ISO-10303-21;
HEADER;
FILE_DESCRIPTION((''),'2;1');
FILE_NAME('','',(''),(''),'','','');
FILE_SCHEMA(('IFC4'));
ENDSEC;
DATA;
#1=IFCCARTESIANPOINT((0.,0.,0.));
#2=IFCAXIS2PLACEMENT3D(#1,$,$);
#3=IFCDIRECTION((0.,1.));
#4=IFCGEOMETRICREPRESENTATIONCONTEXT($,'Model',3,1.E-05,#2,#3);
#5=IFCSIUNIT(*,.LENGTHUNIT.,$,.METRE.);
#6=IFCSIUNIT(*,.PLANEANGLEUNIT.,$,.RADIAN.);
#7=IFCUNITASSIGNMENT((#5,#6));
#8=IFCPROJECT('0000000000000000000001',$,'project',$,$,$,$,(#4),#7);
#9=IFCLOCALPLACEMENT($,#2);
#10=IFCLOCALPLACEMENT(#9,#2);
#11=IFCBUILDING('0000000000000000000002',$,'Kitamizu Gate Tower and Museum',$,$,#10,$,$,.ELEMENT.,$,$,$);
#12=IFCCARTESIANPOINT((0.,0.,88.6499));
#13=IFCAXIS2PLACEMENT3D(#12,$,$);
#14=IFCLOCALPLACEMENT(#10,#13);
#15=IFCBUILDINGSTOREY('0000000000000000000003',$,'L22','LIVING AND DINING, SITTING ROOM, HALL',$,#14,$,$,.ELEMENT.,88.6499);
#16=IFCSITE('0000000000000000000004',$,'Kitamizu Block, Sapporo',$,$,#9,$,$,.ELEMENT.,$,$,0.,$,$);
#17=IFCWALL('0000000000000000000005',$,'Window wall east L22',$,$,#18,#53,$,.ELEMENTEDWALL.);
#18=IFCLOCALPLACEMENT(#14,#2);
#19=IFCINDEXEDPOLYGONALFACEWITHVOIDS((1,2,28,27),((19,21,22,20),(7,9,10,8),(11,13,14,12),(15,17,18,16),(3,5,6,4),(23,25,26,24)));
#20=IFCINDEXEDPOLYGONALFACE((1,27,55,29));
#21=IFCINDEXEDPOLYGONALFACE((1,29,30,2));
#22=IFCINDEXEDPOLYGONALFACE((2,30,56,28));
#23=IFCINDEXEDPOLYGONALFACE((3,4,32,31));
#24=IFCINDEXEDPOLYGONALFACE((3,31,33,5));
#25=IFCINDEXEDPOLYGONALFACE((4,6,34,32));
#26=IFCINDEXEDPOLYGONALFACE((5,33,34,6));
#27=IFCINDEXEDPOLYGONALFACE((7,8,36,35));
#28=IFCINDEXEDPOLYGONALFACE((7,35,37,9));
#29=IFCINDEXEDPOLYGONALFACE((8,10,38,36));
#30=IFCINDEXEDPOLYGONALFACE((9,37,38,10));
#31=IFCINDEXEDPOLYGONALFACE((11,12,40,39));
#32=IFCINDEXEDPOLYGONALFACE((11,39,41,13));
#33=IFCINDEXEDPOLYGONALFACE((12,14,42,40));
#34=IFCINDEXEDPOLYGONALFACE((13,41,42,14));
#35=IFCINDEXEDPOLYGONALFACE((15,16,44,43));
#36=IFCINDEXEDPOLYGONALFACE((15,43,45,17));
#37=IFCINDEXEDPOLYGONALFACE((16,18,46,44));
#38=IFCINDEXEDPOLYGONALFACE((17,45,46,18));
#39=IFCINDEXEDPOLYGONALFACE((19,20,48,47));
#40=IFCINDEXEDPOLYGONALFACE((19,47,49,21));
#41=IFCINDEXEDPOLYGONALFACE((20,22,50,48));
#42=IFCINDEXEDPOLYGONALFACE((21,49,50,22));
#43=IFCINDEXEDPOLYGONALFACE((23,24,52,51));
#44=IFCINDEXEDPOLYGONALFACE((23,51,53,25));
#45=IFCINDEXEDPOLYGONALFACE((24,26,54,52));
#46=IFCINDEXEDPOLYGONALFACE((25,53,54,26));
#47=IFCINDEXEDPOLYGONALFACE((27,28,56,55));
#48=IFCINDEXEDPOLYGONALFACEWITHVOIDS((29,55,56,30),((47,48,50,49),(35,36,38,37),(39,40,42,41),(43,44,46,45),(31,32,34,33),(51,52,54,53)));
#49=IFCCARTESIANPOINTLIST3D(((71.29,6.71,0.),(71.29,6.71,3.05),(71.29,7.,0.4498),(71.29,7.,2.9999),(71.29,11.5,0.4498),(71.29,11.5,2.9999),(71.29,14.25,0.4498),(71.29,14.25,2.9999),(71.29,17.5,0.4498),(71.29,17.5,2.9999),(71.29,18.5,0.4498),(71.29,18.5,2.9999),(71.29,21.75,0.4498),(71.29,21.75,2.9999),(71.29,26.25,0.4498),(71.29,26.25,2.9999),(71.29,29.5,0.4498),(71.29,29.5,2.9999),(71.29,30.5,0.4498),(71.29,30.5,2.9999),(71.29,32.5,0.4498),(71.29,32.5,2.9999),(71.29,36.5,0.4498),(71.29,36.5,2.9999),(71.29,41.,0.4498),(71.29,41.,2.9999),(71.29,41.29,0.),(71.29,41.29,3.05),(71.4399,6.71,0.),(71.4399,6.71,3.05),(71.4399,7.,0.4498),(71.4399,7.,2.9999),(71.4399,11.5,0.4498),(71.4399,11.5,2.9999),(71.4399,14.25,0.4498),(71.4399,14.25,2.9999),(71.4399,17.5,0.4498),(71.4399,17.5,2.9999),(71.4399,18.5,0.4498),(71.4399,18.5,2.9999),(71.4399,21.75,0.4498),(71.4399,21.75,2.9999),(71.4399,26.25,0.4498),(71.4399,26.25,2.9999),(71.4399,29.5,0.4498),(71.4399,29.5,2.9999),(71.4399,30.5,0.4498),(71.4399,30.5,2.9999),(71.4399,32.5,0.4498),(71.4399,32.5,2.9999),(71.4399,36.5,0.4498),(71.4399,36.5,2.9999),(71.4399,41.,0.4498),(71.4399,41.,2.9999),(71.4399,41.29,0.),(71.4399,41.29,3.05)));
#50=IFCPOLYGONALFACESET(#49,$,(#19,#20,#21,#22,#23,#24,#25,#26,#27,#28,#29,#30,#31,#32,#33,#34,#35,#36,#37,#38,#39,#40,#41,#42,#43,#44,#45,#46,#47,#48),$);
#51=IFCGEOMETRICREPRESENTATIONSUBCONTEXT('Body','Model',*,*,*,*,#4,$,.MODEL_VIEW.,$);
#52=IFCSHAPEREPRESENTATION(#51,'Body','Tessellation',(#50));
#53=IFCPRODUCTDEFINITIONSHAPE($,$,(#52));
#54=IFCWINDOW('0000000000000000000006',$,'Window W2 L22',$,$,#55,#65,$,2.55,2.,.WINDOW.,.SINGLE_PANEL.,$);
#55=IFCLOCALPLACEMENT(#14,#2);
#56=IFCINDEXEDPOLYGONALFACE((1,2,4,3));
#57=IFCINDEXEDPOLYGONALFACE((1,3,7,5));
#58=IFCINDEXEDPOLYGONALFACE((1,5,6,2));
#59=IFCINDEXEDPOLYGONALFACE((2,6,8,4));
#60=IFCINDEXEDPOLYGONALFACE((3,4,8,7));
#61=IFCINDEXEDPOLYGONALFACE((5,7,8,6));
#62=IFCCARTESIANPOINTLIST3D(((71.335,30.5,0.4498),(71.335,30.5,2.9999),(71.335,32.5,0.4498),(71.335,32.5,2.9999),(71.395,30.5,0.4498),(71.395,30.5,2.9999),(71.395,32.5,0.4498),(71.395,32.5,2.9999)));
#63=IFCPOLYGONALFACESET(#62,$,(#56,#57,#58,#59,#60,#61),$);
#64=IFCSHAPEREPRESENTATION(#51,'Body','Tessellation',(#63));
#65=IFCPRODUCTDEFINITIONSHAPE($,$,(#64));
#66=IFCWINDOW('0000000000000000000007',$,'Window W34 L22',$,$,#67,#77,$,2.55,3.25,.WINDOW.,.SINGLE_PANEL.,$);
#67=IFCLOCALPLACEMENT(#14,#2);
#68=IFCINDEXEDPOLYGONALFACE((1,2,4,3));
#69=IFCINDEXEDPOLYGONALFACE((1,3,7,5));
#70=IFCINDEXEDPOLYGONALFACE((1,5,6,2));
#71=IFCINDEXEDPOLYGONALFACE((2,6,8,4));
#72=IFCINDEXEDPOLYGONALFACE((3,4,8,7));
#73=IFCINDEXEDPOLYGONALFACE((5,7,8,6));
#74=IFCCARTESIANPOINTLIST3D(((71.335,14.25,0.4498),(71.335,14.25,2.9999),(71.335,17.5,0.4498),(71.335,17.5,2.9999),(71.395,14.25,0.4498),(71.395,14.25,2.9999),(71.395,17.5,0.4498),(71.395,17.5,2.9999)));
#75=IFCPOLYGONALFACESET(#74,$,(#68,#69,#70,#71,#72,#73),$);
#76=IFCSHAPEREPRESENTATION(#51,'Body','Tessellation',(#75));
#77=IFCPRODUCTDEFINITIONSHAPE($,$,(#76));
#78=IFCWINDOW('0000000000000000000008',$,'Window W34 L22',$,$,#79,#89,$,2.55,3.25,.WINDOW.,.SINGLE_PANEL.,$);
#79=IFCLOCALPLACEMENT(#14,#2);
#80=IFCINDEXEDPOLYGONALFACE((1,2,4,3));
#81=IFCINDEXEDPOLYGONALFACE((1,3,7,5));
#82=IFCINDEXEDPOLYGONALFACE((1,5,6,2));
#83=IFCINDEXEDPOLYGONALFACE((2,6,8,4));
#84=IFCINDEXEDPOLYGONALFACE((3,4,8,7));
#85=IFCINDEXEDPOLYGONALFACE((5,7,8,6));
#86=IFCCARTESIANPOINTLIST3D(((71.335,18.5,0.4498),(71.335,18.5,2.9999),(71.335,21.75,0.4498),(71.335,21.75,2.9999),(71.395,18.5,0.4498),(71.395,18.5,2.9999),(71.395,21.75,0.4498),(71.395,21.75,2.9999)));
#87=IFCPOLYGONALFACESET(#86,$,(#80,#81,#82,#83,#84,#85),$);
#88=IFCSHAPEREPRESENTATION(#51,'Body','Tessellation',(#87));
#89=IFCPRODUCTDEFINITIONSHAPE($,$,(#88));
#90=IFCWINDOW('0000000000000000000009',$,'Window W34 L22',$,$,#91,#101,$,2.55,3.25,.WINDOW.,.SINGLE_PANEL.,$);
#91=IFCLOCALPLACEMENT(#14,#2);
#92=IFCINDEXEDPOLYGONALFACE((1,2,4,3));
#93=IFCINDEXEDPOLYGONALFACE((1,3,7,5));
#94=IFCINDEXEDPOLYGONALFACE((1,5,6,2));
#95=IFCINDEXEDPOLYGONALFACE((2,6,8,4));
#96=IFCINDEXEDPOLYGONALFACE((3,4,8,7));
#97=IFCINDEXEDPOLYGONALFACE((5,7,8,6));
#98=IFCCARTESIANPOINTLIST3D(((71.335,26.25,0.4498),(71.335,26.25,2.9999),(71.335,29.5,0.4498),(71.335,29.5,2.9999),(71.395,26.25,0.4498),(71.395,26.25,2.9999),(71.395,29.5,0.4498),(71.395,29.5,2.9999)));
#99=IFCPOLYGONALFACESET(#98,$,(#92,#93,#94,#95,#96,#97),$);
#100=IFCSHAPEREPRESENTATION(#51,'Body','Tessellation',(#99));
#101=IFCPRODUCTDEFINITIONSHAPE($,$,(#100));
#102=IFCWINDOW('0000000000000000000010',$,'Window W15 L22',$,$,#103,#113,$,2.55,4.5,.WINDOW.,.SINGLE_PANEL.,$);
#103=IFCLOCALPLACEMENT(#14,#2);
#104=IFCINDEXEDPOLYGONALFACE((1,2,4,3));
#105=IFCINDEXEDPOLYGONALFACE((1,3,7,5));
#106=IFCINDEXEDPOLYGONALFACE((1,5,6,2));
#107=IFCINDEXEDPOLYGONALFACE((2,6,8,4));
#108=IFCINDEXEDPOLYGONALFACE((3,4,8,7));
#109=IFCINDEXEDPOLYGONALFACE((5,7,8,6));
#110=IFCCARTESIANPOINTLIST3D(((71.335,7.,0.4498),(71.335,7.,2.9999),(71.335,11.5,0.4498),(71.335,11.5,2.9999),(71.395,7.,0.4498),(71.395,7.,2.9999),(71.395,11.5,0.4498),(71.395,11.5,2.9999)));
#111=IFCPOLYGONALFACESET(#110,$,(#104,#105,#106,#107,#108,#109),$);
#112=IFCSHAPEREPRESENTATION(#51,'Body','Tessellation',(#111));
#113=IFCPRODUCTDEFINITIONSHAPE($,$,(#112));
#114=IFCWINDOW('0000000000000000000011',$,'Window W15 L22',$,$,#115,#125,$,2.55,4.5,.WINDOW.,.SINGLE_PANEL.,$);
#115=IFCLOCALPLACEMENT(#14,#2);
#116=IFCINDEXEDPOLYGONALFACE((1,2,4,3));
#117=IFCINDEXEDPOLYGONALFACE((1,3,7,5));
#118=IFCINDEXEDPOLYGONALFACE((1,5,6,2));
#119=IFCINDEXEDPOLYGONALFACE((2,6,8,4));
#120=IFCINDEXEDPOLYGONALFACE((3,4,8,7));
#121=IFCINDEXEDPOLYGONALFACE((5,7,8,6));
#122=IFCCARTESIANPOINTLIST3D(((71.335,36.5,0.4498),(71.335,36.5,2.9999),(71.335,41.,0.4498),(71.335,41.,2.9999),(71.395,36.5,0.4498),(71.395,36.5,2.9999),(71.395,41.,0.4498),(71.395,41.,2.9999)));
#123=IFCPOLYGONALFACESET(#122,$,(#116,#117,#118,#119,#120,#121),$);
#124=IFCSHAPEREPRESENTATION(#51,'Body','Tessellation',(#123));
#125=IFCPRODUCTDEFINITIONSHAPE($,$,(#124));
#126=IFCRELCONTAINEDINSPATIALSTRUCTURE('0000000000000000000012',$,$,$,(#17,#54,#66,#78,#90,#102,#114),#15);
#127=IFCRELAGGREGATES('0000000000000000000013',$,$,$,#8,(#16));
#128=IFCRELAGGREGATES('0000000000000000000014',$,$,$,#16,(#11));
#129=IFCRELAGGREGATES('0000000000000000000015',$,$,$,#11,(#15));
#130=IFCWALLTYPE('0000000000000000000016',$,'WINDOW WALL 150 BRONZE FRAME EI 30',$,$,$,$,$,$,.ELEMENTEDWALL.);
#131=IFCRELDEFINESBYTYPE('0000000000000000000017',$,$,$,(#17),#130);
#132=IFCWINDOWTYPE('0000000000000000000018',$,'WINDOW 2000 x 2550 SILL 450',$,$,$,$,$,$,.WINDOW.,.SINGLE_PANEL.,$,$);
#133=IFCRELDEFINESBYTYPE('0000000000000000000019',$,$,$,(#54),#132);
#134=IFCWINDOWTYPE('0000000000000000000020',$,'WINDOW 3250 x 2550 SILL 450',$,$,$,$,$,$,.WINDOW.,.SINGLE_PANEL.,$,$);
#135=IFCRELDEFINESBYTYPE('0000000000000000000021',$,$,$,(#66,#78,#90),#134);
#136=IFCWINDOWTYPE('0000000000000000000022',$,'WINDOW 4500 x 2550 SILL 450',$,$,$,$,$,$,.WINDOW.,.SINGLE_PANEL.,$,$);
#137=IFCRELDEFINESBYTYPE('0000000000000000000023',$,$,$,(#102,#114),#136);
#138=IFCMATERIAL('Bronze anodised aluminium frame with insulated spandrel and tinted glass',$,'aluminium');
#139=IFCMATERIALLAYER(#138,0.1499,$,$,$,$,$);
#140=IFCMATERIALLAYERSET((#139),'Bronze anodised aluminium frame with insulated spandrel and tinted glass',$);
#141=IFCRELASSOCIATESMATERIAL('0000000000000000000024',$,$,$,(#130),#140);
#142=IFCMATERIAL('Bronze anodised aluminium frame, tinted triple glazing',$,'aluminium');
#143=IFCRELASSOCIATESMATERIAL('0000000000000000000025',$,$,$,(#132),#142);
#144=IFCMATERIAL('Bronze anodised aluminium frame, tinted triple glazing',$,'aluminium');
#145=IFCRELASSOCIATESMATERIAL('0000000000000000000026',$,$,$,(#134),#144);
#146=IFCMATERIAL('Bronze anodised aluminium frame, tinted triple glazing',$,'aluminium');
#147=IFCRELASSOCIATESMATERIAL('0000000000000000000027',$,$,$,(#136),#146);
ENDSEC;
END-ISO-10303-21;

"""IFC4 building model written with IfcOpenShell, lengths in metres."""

from ifc_helpers import new_model, si_unit, direction, frame, frame_2d, origin, place, context, subcontext, project, spatial, rectangle, extrude, material, layer, layer_set, type_object, element, fill, save


model = new_model("IFC4")

# Units and contexts
model_context = context("Model", 3, precision=1e-05, world=origin(), true_north=direction((0.0, 1.0)))
body_context = subcontext(model_context, "Body", "Model", "MODEL_VIEW")
ifc_project = project(units=[si_unit("LENGTHUNIT", "METRE"), si_unit("PLANEANGLEUNIT", "RADIAN")], contexts=[model_context])

# Site, building, storey
site_placement = place(None, origin())
site = spatial("IfcSite", under=ifc_project, at=site_placement, Name="Kitamizu Block, Sapporo", CompositionType="ELEMENT", RefElevation=0.0)
building_placement = place(site_placement, origin())
building = spatial("IfcBuilding", under=site, at=building_placement, Name="Kitamizu Gate Tower and Museum", CompositionType="ELEMENT")
storey_placement = place(building_placement, frame((0.0, 0.0, 88.6499)))
storey = spatial("IfcBuildingStorey", under=building, at=storey_placement, Name="L22", Description="LIVING AND DINING, SITTING ROOM, HALL", CompositionType="ELEMENT", Elevation=88.6499)

# Shared definitions
ifc_material_1 = material(Name="Bronze anodised aluminium frame with insulated spandrel and tinted glass", Category="aluminium")
ifc_layer_1 = layer(ifc_material_1, 0.1499)
ifc_layer_set_1 = layer_set([ifc_layer_1], Name="Bronze anodised aluminium frame with insulated spandrel and tinted glass")
wall_type_1 = type_object("IfcWallType", Name="WINDOW WALL 150 BRONZE FRAME EI 30", PredefinedType="ELEMENTEDWALL", material=ifc_layer_set_1)

# Wall, openings, windows
wall_1_placement = place(storey_placement, frame((71.365, 6.71, 0.0), z_axis=(0.0, 0.0, 1.0), x_axis=(0.0, 1.0, 0.0)))
wall_1 = element("IfcWall", 1, at=wall_1_placement, inside=storey, type_object=wall_type_1, Name="Window wall east L22", PredefinedType="ELEMENTEDWALL", context=body_context, shape_type="SweptSolid", body=[
    extrude(rectangle(XDim=34.5801, YDim=0.1499, at=frame_2d((17.29, 0.0))), origin(), (0.0, 0.0, 1.0), 3.05),
])
opening_1_placement = place(wall_1_placement, frame((0.29, 0.0, 0.45)))
opening_1 = element("IfcOpeningElement", 2, at=opening_1_placement, cuts=wall_1, PredefinedType="OPENING", context=body_context, shape_type="SweptSolid", body=[
    extrude(rectangle(XDim=4.5, YDim=2.55, at=frame_2d((2.25, 1.2749))), frame((0.0, 0.085, 0.0), z_axis=(0.0, -1.0, 0.0), x_axis=(1.0, 0.0, 0.0)), (0.0, 0.0, 1.0), 0.1699),
])
opening_2_placement = place(wall_1_placement, frame((7.54, 0.0, 0.45)))
opening_2 = element("IfcOpeningElement", 3, at=opening_2_placement, cuts=wall_1, PredefinedType="OPENING", context=body_context, shape_type="SweptSolid", body=[
    extrude(rectangle(XDim=3.25, YDim=2.55, at=frame_2d((1.625, 1.2749))), frame((0.0, 0.085, 0.0), z_axis=(0.0, -1.0, 0.0), x_axis=(1.0, 0.0, 0.0)), (0.0, 0.0, 1.0), 0.1699),
])
opening_3_placement = place(wall_1_placement, frame((11.79, 0.0, 0.45)))
opening_3 = element("IfcOpeningElement", 4, at=opening_3_placement, cuts=wall_1, PredefinedType="OPENING", context=body_context, shape_type="SweptSolid", body=[
    extrude(rectangle(XDim=3.25, YDim=2.55, at=frame_2d((1.625, 1.2749))), frame((0.0, 0.085, 0.0), z_axis=(0.0, -1.0, 0.0), x_axis=(1.0, 0.0, 0.0)), (0.0, 0.0, 1.0), 0.1699),
])
opening_4_placement = place(wall_1_placement, frame((19.54, 0.0, 0.45)))
opening_4 = element("IfcOpeningElement", 5, at=opening_4_placement, cuts=wall_1, PredefinedType="OPENING", context=body_context, shape_type="SweptSolid", body=[
    extrude(rectangle(XDim=3.25, YDim=2.55, at=frame_2d((1.625, 1.2749))), frame((0.0, 0.085, 0.0), z_axis=(0.0, -1.0, 0.0), x_axis=(1.0, 0.0, 0.0)), (0.0, 0.0, 1.0), 0.1699),
])
opening_5_placement = place(wall_1_placement, frame((23.79, 0.0, 0.45)))
opening_5 = element("IfcOpeningElement", 6, at=opening_5_placement, cuts=wall_1, PredefinedType="OPENING", context=body_context, shape_type="SweptSolid", body=[
    extrude(rectangle(XDim=2.0, YDim=2.55, at=frame_2d((1.0, 1.2749))), frame((0.0, 0.085, 0.0), z_axis=(0.0, -1.0, 0.0), x_axis=(1.0, 0.0, 0.0)), (0.0, 0.0, 1.0), 0.1699),
])
opening_6_placement = place(wall_1_placement, frame((29.79, 0.0, 0.45)))
opening_6 = element("IfcOpeningElement", 7, at=opening_6_placement, cuts=wall_1, PredefinedType="OPENING", context=body_context, shape_type="SweptSolid", body=[
    extrude(rectangle(XDim=4.5, YDim=2.55, at=frame_2d((2.25, 1.2749))), frame((0.0, 0.085, 0.0), z_axis=(0.0, -1.0, 0.0), x_axis=(1.0, 0.0, 0.0)), (0.0, 0.0, 1.0), 0.1699),
])
ifc_material_2 = material(Name="Bronze anodised aluminium frame, tinted triple glazing", Category="aluminium")
window_type_1 = type_object("IfcWindowType", Name="WINDOW 2000 x 2550 SILL 450", PartitioningType="SINGLE_PANEL", PredefinedType="WINDOW", material=ifc_material_2)
window_1_placement = place(opening_5_placement, origin())
window_1 = element("IfcWindow", 8, at=window_1_placement, inside=storey, type_object=window_type_1, Name="Window W2 L22", OverallHeight=2.55, OverallWidth=2.0, PartitioningType="SINGLE_PANEL", PredefinedType="WINDOW", context=body_context, shape_type="SweptSolid", body=[
    extrude(rectangle(XDim=2.0, YDim=2.55, at=frame_2d((1.0, 1.2749))), frame((0.0, 0.03, 0.0), z_axis=(0.0, -1.0, 0.0), x_axis=(1.0, 0.0, 0.0)), (0.0, 0.0, 1.0), 0.0601),
])
fill(opening_5, window_1)
ifc_material_3 = material(Name="Bronze anodised aluminium frame, tinted triple glazing", Category="aluminium")
window_type_2 = type_object("IfcWindowType", Name="WINDOW 3250 x 2550 SILL 450", PartitioningType="SINGLE_PANEL", PredefinedType="WINDOW", material=ifc_material_3)
window_2_placement = place(opening_2_placement, origin())
window_2 = element("IfcWindow", 9, at=window_2_placement, inside=storey, type_object=window_type_2, Name="Window W34 L22", OverallHeight=2.55, OverallWidth=3.25, PartitioningType="SINGLE_PANEL", PredefinedType="WINDOW", context=body_context, shape_type="SweptSolid", body=[
    extrude(rectangle(XDim=3.25, YDim=2.55, at=frame_2d((1.625, 1.2749))), frame((0.0, 0.03, 0.0), z_axis=(0.0, -1.0, 0.0), x_axis=(1.0, 0.0, 0.0)), (0.0, 0.0, 1.0), 0.0601),
])
fill(opening_2, window_2)
window_3_placement = place(opening_3_placement, origin())
window_3 = element("IfcWindow", 10, at=window_3_placement, inside=storey, type_object=window_type_2, Name="Window W34 L22", OverallHeight=2.55, OverallWidth=3.25, PartitioningType="SINGLE_PANEL", PredefinedType="WINDOW", context=body_context, shape_type="SweptSolid", body=[
    extrude(rectangle(XDim=3.25, YDim=2.55, at=frame_2d((1.625, 1.2749))), frame((0.0, 0.03, 0.0), z_axis=(0.0, -1.0, 0.0), x_axis=(1.0, 0.0, 0.0)), (0.0, 0.0, 1.0), 0.0601),
])
fill(opening_3, window_3)
window_4_placement = place(opening_4_placement, origin())
window_4 = element("IfcWindow", 11, at=window_4_placement, inside=storey, type_object=window_type_2, Name="Window W34 L22", OverallHeight=2.55, OverallWidth=3.25, PartitioningType="SINGLE_PANEL", PredefinedType="WINDOW", context=body_context, shape_type="SweptSolid", body=[
    extrude(rectangle(XDim=3.25, YDim=2.55, at=frame_2d((1.625, 1.2749))), frame((0.0, 0.03, 0.0), z_axis=(0.0, -1.0, 0.0), x_axis=(1.0, 0.0, 0.0)), (0.0, 0.0, 1.0), 0.0601),
])
fill(opening_4, window_4)
ifc_material_4 = material(Name="Bronze anodised aluminium frame, tinted triple glazing", Category="aluminium")
window_type_3 = type_object("IfcWindowType", Name="WINDOW 4500 x 2550 SILL 450", PartitioningType="SINGLE_PANEL", PredefinedType="WINDOW", material=ifc_material_4)
window_5_placement = place(opening_1_placement, origin())
window_5 = element("IfcWindow", 12, at=window_5_placement, inside=storey, type_object=window_type_3, Name="Window W15 L22", OverallHeight=2.55, OverallWidth=4.5, PartitioningType="SINGLE_PANEL", PredefinedType="WINDOW", context=body_context, shape_type="SweptSolid", body=[
    extrude(rectangle(XDim=4.5, YDim=2.55, at=frame_2d((2.25, 1.2749))), frame((0.0, 0.03, 0.0), z_axis=(0.0, -1.0, 0.0), x_axis=(1.0, 0.0, 0.0)), (0.0, 0.0, 1.0), 0.0601),
])
fill(opening_1, window_5)
window_6_placement = place(opening_6_placement, origin())
window_6 = element("IfcWindow", 13, at=window_6_placement, inside=storey, type_object=window_type_3, Name="Window W15 L22", OverallHeight=2.55, OverallWidth=4.5, PartitioningType="SINGLE_PANEL", PredefinedType="WINDOW", context=body_context, shape_type="SweptSolid", body=[
    extrude(rectangle(XDim=4.5, YDim=2.55, at=frame_2d((2.25, 1.2749))), frame((0.0, 0.03, 0.0), z_axis=(0.0, -1.0, 0.0), x_axis=(1.0, 0.0, 0.0)), (0.0, 0.0, 1.0), 0.0601),
])
fill(opening_6, window_6)

save(model, "model.ifc")
